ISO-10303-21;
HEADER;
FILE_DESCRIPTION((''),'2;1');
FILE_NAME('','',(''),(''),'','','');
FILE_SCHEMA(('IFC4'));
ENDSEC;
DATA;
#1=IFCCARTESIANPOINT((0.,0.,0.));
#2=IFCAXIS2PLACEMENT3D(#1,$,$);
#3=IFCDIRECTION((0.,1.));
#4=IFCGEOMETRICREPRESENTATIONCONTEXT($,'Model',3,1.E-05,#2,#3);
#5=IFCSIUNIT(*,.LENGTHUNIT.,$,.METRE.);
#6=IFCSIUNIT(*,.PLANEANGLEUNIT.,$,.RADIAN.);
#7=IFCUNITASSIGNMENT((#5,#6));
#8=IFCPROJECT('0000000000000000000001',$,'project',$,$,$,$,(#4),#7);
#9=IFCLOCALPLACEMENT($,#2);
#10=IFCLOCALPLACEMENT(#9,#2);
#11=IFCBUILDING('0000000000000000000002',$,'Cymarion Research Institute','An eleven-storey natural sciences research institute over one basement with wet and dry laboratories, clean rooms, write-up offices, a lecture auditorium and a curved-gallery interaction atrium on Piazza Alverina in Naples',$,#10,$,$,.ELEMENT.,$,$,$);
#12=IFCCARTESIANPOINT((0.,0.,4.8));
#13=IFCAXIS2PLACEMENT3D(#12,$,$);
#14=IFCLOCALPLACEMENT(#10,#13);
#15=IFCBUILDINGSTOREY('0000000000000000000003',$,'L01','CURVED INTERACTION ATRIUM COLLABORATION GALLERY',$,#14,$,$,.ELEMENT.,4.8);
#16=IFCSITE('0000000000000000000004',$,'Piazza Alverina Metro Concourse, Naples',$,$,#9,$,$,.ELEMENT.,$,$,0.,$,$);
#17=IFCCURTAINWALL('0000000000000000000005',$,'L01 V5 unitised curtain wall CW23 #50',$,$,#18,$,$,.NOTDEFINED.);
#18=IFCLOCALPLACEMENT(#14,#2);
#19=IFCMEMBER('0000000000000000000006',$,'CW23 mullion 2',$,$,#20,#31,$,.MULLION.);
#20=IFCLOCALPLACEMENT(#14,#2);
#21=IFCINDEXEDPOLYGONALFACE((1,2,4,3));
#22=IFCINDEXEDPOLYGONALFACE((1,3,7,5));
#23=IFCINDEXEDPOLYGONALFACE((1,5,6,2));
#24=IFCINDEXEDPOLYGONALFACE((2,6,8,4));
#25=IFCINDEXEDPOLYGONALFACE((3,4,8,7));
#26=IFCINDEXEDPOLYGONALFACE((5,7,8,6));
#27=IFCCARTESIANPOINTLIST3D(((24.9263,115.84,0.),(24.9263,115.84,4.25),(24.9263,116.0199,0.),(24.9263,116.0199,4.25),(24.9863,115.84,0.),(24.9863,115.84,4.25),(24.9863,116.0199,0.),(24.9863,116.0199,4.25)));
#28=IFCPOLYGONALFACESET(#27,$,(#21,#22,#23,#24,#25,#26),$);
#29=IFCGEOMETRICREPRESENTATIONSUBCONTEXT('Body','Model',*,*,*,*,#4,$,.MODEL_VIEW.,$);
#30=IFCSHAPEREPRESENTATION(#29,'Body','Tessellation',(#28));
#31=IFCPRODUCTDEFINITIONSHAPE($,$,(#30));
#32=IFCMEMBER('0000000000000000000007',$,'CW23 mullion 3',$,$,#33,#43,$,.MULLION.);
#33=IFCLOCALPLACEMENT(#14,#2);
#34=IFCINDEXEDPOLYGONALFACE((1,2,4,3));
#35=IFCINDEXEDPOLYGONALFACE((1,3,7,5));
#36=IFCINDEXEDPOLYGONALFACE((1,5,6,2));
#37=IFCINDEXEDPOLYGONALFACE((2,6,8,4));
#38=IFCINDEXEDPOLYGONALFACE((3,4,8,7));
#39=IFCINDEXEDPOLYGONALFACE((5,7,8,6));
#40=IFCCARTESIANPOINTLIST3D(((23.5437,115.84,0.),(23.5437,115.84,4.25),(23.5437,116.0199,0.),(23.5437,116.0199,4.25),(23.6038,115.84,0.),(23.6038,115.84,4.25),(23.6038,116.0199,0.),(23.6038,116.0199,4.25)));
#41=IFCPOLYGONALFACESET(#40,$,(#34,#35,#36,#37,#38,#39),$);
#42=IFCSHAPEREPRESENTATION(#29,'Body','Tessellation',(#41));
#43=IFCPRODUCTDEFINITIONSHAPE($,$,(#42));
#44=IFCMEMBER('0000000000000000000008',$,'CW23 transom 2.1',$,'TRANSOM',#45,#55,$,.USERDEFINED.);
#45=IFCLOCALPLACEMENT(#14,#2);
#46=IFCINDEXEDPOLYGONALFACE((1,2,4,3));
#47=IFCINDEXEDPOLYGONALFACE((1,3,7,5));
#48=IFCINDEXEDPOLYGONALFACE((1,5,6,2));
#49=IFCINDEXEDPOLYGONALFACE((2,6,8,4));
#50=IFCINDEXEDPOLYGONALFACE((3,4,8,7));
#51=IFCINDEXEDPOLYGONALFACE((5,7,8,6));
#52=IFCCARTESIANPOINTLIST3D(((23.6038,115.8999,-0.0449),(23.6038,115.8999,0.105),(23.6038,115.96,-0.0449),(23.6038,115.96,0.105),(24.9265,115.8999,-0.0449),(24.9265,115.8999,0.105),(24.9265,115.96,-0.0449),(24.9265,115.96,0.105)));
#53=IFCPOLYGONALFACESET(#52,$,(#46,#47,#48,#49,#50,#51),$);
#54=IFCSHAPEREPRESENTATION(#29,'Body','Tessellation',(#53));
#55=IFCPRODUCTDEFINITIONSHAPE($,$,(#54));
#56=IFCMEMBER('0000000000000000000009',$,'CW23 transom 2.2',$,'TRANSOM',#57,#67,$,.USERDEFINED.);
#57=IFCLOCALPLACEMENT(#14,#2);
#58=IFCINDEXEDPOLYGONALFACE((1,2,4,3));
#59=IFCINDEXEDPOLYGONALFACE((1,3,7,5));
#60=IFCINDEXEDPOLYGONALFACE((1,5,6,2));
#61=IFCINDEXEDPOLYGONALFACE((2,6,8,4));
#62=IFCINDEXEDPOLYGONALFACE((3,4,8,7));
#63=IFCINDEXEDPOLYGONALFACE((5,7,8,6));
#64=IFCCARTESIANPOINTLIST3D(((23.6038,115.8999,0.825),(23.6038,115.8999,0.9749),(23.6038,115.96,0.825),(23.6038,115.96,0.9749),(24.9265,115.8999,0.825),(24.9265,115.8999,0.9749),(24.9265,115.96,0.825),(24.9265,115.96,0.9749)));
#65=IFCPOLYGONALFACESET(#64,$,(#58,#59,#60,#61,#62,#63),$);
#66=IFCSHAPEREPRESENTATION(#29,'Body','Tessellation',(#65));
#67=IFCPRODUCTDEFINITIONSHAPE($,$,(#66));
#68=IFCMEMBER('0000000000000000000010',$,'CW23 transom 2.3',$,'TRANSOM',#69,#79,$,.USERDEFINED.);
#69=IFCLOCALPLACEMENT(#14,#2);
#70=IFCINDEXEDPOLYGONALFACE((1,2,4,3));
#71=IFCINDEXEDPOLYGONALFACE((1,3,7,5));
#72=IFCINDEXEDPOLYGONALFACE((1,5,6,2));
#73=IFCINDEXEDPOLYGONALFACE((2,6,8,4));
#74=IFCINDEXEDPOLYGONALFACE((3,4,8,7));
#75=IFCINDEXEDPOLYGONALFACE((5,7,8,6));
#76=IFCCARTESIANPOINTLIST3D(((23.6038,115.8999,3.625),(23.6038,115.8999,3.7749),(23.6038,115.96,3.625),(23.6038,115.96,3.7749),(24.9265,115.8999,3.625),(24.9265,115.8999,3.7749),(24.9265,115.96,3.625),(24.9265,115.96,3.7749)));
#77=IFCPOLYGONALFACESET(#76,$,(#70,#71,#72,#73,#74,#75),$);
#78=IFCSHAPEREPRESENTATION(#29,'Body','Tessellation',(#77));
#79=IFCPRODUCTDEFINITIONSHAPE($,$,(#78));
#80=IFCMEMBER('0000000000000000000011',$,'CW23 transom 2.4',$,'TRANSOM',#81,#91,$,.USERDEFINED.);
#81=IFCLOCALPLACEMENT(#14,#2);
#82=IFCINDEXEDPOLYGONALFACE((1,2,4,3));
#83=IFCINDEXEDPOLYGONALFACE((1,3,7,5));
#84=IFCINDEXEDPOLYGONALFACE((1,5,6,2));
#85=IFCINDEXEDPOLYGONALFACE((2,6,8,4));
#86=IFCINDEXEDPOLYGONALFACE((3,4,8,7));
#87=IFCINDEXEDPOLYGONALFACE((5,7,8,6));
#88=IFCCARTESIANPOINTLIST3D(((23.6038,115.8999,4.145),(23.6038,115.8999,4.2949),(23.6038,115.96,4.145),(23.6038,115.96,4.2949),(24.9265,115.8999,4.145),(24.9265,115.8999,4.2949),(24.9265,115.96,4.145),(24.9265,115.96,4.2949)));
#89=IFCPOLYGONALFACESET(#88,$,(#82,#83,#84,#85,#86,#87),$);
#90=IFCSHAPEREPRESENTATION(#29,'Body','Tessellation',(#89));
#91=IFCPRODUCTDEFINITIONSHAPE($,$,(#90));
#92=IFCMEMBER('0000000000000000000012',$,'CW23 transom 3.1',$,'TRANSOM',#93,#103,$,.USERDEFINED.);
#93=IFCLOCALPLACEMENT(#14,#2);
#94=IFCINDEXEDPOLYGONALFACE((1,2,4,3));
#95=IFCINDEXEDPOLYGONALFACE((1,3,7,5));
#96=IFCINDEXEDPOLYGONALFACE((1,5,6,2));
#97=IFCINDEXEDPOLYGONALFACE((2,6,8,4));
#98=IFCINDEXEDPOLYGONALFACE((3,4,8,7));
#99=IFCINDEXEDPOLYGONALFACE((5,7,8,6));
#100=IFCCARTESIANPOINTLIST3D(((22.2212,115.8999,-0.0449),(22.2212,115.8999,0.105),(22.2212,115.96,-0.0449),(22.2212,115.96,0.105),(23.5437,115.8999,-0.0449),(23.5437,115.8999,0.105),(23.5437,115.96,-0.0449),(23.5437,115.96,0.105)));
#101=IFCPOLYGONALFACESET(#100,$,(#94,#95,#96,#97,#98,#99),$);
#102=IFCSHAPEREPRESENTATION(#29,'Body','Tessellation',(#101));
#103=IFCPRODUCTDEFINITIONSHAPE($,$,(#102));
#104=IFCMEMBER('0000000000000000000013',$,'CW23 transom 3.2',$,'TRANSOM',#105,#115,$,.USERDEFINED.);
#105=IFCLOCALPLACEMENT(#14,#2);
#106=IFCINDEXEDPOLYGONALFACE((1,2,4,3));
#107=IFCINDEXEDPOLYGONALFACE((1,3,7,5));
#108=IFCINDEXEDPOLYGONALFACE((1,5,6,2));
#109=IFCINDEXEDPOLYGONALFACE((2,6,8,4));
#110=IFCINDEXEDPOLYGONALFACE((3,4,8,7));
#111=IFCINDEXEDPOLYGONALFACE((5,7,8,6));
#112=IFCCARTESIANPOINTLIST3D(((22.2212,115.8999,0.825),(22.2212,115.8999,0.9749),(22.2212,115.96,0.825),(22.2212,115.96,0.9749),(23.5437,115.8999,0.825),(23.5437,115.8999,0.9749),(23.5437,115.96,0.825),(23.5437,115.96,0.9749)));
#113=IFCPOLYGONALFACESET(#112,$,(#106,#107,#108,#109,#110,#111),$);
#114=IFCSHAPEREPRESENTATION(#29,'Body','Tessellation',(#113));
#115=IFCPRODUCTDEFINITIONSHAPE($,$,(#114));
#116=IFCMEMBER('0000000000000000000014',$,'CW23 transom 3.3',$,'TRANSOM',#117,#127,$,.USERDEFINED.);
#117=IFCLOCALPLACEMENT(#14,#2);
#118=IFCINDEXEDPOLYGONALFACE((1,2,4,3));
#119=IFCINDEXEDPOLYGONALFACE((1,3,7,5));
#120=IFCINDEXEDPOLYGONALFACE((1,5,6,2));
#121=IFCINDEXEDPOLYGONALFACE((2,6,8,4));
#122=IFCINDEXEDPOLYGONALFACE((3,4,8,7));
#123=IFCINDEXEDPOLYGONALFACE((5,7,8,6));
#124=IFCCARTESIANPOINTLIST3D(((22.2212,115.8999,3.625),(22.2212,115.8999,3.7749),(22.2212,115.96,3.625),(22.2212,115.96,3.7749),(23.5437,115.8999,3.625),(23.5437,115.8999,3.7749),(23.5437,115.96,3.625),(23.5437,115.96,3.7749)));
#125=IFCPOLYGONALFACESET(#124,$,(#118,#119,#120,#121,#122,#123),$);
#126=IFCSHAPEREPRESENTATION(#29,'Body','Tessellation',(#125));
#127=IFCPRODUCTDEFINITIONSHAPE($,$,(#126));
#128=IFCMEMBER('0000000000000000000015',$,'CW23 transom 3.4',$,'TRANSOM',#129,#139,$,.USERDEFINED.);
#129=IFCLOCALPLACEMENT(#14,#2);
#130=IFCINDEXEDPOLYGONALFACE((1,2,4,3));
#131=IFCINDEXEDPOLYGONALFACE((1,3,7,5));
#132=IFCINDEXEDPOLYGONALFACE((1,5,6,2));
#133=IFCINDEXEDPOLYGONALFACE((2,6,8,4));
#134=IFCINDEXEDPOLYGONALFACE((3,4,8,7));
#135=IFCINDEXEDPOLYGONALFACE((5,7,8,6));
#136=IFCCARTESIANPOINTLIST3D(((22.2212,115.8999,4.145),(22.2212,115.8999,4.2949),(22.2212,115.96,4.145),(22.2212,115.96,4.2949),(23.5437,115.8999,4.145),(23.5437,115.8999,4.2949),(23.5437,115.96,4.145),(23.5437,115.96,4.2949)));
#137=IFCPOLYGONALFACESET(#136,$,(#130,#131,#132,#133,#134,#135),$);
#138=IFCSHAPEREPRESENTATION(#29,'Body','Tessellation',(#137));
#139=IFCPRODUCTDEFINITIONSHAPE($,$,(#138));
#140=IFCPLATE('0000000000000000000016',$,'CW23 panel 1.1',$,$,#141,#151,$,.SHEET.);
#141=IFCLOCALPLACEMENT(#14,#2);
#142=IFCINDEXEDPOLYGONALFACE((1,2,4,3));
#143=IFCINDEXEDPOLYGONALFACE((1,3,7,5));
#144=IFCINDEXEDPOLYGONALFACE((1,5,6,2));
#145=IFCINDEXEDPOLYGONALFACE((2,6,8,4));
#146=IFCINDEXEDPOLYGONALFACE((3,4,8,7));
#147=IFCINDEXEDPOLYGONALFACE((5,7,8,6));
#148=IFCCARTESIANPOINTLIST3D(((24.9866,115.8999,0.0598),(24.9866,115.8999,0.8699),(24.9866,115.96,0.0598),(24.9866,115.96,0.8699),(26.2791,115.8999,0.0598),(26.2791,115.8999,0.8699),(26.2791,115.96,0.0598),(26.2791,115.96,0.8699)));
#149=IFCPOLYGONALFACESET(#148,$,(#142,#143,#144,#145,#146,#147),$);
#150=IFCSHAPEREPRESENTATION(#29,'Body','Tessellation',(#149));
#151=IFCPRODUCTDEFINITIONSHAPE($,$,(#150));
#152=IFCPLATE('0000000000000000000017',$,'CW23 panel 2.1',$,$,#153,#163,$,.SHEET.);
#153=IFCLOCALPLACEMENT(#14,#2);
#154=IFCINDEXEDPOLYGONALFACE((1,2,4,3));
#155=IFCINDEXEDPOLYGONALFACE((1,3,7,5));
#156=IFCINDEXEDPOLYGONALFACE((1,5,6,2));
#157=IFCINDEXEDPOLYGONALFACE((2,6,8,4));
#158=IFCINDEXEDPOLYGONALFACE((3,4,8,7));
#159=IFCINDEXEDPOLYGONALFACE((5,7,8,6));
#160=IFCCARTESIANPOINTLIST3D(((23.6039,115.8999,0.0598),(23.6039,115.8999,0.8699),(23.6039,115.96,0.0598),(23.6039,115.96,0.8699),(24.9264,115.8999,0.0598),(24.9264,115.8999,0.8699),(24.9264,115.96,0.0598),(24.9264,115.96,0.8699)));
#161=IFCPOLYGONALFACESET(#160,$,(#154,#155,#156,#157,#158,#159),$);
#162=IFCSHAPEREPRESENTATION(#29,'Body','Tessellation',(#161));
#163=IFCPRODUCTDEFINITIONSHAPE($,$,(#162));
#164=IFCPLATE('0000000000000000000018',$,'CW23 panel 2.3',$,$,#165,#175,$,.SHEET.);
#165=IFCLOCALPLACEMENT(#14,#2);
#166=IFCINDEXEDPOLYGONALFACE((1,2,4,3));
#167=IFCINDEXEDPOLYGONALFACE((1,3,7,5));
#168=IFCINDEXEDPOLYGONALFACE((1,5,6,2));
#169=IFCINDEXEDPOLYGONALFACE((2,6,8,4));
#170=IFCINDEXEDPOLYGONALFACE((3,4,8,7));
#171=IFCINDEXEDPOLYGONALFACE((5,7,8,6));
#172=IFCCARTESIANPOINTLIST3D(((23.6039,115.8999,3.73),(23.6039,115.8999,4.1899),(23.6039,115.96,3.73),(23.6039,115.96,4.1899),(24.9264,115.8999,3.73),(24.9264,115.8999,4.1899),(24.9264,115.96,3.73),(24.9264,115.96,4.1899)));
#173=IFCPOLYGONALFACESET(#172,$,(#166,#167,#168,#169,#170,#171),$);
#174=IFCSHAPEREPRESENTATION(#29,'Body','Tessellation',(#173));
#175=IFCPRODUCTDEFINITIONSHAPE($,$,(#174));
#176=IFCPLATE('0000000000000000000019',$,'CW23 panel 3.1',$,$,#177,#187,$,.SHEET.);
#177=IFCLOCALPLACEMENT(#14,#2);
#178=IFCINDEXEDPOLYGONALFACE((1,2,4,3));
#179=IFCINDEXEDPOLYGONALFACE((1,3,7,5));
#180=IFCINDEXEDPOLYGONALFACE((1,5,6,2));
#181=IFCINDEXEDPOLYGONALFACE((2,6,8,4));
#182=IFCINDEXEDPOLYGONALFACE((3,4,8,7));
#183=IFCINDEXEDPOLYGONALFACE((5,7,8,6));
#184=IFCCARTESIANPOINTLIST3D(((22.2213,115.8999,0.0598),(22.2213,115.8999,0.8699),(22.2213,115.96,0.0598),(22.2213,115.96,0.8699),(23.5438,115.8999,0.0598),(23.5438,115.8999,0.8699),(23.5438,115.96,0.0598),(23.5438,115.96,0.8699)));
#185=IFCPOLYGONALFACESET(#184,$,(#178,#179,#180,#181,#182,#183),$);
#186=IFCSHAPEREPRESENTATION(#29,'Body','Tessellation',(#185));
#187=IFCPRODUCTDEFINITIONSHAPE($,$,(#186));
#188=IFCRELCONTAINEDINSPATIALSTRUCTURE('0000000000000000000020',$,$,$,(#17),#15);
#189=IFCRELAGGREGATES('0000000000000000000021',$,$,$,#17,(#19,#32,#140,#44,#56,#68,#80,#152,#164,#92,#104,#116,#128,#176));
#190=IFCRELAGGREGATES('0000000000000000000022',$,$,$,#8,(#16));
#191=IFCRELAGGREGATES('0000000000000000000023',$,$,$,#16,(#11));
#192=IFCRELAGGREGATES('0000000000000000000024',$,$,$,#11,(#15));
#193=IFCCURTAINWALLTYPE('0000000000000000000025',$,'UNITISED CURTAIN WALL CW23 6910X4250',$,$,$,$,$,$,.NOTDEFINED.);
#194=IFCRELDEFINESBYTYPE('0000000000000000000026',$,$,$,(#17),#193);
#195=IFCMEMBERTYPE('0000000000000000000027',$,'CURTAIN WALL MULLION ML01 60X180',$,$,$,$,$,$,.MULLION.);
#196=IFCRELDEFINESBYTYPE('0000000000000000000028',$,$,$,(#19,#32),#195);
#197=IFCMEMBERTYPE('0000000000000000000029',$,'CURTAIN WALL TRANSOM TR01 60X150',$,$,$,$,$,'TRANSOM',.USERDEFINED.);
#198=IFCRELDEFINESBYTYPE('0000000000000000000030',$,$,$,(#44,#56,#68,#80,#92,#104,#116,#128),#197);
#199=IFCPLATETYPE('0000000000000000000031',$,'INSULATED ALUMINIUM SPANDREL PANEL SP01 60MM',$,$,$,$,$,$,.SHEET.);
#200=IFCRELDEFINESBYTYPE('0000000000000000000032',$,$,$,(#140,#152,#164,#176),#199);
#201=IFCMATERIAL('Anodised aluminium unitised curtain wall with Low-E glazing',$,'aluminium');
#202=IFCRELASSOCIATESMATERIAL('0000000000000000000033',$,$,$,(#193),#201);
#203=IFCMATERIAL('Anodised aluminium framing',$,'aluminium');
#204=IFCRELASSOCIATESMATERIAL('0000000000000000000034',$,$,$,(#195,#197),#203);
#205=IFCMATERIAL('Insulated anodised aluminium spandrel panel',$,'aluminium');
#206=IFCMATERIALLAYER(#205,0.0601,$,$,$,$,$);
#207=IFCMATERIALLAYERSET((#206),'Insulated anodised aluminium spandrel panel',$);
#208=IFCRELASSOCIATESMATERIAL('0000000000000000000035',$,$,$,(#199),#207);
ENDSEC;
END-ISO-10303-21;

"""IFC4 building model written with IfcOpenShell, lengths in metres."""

from ifc_helpers import new_model, si_unit, direction, frame, origin, origin_2d, place, context, subcontext, project, spatial, rectangle, extrude, material, layer, layer_set, material_profile, profile_set, type_object, element, aggregate, save


model = new_model("IFC4")

# Units and contexts
model_context = context("Model", 3, precision=1e-05, world=origin(), true_north=direction((0.0, 1.0)))
body_context = subcontext(model_context, "Body", "Model", "MODEL_VIEW")
ifc_project = project(units=[si_unit("LENGTHUNIT", "METRE"), si_unit("PLANEANGLEUNIT", "RADIAN")], contexts=[model_context])

# Site, building, storey
site_placement = place(None, origin())
site = spatial("IfcSite", under=ifc_project, at=site_placement, Name="Piazza Alverina Metro Concourse, Naples", CompositionType="ELEMENT", RefElevation=0.0)
building_placement = place(site_placement, origin())
building = spatial("IfcBuilding", under=site, at=building_placement, Name="Cymarion Research Institute", Description="An eleven-storey natural sciences research institute over one basement with wet and dry laboratories, clean rooms, write-up offices, a lecture auditorium and a curved-gallery interaction atrium on Piazza Alverina in Naples", CompositionType="ELEMENT")
storey_placement = place(building_placement, frame((0.0, 0.0, 4.8)))
storey = spatial("IfcBuildingStorey", under=building, at=storey_placement, Name="L01", Description="CURVED INTERACTION ATRIUM COLLABORATION GALLERY", CompositionType="ELEMENT", Elevation=4.8)

# Curtain wall, members, plates
ifc_material_1 = material(Name="Anodised aluminium unitised curtain wall with Low-E glazing", Category="aluminium")
curtain_wall_type = type_object("IfcCurtainWallType", Name="UNITISED CURTAIN WALL CW23 6910X4250", PredefinedType="NOTDEFINED", material=ifc_material_1)
curtain_wall_placement = place(storey_placement, origin())
curtain_wall = element("IfcCurtainWall", 1, at=curtain_wall_placement, inside=storey, type_object=curtain_wall_type, Name="L01 V5 unitised curtain wall CW23 #50", PredefinedType="NOTDEFINED")
ifc_material_2 = material(Name="Anodised aluminium framing", Category="aluminium")
ifc_material_profile_1 = material_profile(ifc_material_2, rectangle(XDim=0.0601, YDim=0.1799, at=origin_2d()), Name="ALU MULLION 60x180")
ifc_profile_set_1 = profile_set([ifc_material_profile_1], Name="Anodised aluminium framing")
member_type_1 = type_object("IfcMemberType", Name="CURTAIN WALL MULLION ML01 60X180", PredefinedType="MULLION", material=ifc_profile_set_1)
member_1_placement = place(storey_placement, frame((24.9563, 115.9299, 0.0), z_axis=(0.0, 0.0, 1.0), x_axis=(-1.0, 0.0, 0.0)))
member_1 = element("IfcMember", 2, at=member_1_placement, type_object=member_type_1, Name="CW23 mullion 2", PredefinedType="MULLION", context=body_context, shape_type="SweptSolid", body=[
    extrude(rectangle(XDim=0.0601, YDim=0.1799, at=origin_2d()), origin(), (0.0, 0.0, 1.0), 4.25),
])
member_2_placement = place(storey_placement, frame((23.5737, 115.9299, 0.0), z_axis=(0.0, 0.0, 1.0), x_axis=(-1.0, 0.0, 0.0)))
member_2 = element("IfcMember", 3, at=member_2_placement, type_object=member_type_1, Name="CW23 mullion 3", PredefinedType="MULLION", context=body_context, shape_type="SweptSolid", body=[
    extrude(rectangle(XDim=0.0601, YDim=0.1799, at=origin_2d()), origin(), (0.0, 0.0, 1.0), 4.25),
])
ifc_material_profile_2 = material_profile(ifc_material_2, rectangle(XDim=0.0601, YDim=0.1499, at=origin_2d()), Name="ALU TRANSOM 60x150")
ifc_profile_set_2 = profile_set([ifc_material_profile_2], Name="Anodised aluminium framing")
member_type_2 = type_object("IfcMemberType", Name="CURTAIN WALL TRANSOM TR01 60X150", ElementType="TRANSOM", PredefinedType="USERDEFINED", material=ifc_profile_set_2)
member_3_placement = place(storey_placement, frame((24.9265, 115.9299, 0.03), z_axis=(-1.0, 0.0, 0.0), x_axis=(0.0, -1.0, 0.0)))
member_3 = element("IfcMember", 4, at=member_3_placement, type_object=member_type_2, Name="CW23 transom 2.1", ObjectType="TRANSOM", PredefinedType="USERDEFINED", context=body_context, shape_type="SweptSolid", body=[
    extrude(rectangle(XDim=0.0601, YDim=0.1499, at=origin_2d()), origin(), (0.0, 0.0, 1.0), 1.3228),
])
member_4_placement = place(storey_placement, frame((24.9265, 115.9299, 0.8999), z_axis=(-1.0, 0.0, 0.0), x_axis=(0.0, -1.0, 0.0)))
member_4 = element("IfcMember", 5, at=member_4_placement, type_object=member_type_2, Name="CW23 transom 2.2", ObjectType="TRANSOM", PredefinedType="USERDEFINED", context=body_context, shape_type="SweptSolid", body=[
    extrude(rectangle(XDim=0.0601, YDim=0.1499, at=origin_2d()), origin(), (0.0, 0.0, 1.0), 1.3228),
])
member_5_placement = place(storey_placement, frame((24.9265, 115.9299, 3.7), z_axis=(-1.0, 0.0, 0.0), x_axis=(0.0, -1.0, 0.0)))
member_5 = element("IfcMember", 6, at=member_5_placement, type_object=member_type_2, Name="CW23 transom 2.3", ObjectType="TRANSOM", PredefinedType="USERDEFINED", context=body_context, shape_type="SweptSolid", body=[
    extrude(rectangle(XDim=0.0601, YDim=0.1499, at=origin_2d()), origin(), (0.0, 0.0, 1.0), 1.3228),
])
member_6_placement = place(storey_placement, frame((24.9265, 115.9299, 4.22), z_axis=(-1.0, 0.0, 0.0), x_axis=(0.0, -1.0, 0.0)))
member_6 = element("IfcMember", 7, at=member_6_placement, type_object=member_type_2, Name="CW23 transom 2.4", ObjectType="TRANSOM", PredefinedType="USERDEFINED", context=body_context, shape_type="SweptSolid", body=[
    extrude(rectangle(XDim=0.0601, YDim=0.1499, at=origin_2d()), origin(), (0.0, 0.0, 1.0), 1.3228),
])
member_7_placement = place(storey_placement, frame((23.5437, 115.9299, 0.03), z_axis=(-1.0, 0.0, 0.0), x_axis=(0.0, -1.0, 0.0)))
member_7 = element("IfcMember", 8, at=member_7_placement, type_object=member_type_2, Name="CW23 transom 3.1", ObjectType="TRANSOM", PredefinedType="USERDEFINED", context=body_context, shape_type="SweptSolid", body=[
    extrude(rectangle(XDim=0.0601, YDim=0.1499, at=origin_2d()), origin(), (0.0, 0.0, 1.0), 1.3225),
])
member_8_placement = place(storey_placement, frame((23.5437, 115.9299, 0.8999), z_axis=(-1.0, 0.0, 0.0), x_axis=(0.0, -1.0, 0.0)))
member_8 = element("IfcMember", 9, at=member_8_placement, type_object=member_type_2, Name="CW23 transom 3.2", ObjectType="TRANSOM", PredefinedType="USERDEFINED", context=body_context, shape_type="SweptSolid", body=[
    extrude(rectangle(XDim=0.0601, YDim=0.1499, at=origin_2d()), origin(), (0.0, 0.0, 1.0), 1.3225),
])
member_9_placement = place(storey_placement, frame((23.5437, 115.9299, 3.7), z_axis=(-1.0, 0.0, 0.0), x_axis=(0.0, -1.0, 0.0)))
member_9 = element("IfcMember", 10, at=member_9_placement, type_object=member_type_2, Name="CW23 transom 3.3", ObjectType="TRANSOM", PredefinedType="USERDEFINED", context=body_context, shape_type="SweptSolid", body=[
    extrude(rectangle(XDim=0.0601, YDim=0.1499, at=origin_2d()), origin(), (0.0, 0.0, 1.0), 1.3225),
])
member_10_placement = place(storey_placement, frame((23.5437, 115.9299, 4.22), z_axis=(-1.0, 0.0, 0.0), x_axis=(0.0, -1.0, 0.0)))
member_10 = element("IfcMember", 11, at=member_10_placement, type_object=member_type_2, Name="CW23 transom 3.4", ObjectType="TRANSOM", PredefinedType="USERDEFINED", context=body_context, shape_type="SweptSolid", body=[
    extrude(rectangle(XDim=0.0601, YDim=0.1499, at=origin_2d()), origin(), (0.0, 0.0, 1.0), 1.3225),
])
ifc_material_3 = material(Name="Insulated anodised aluminium spandrel panel", Category="aluminium")
ifc_layer_1 = layer(ifc_material_3, 0.0601)
ifc_layer_set_1 = layer_set([ifc_layer_1], Name="Insulated anodised aluminium spandrel panel")
plate_type_1 = type_object("IfcPlateType", Name="INSULATED ALUMINIUM SPANDREL PANEL SP01 60MM", PredefinedType="SHEET", material=ifc_layer_set_1)
plate_1_placement = place(storey_placement, frame((25.6328, 115.9299, 0.0598), z_axis=(0.0, 0.0, 1.0), x_axis=(-1.0, 0.0, 0.0)))
plate_1 = element("IfcPlate", 12, at=plate_1_placement, type_object=plate_type_1, Name="CW23 panel 1.1", PredefinedType="SHEET", context=body_context, shape_type="SweptSolid", body=[
    extrude(rectangle(XDim=1.2925, YDim=0.0601, at=origin_2d()), origin(), (0.0, 0.0, 1.0), 0.8101),
])
plate_2_placement = place(storey_placement, frame((24.2651, 115.9299, 0.0598), z_axis=(0.0, 0.0, 1.0), x_axis=(-1.0, 0.0, 0.0)))
plate_2 = element("IfcPlate", 13, at=plate_2_placement, type_object=plate_type_1, Name="CW23 panel 2.1", PredefinedType="SHEET", context=body_context, shape_type="SweptSolid", body=[
    extrude(rectangle(XDim=1.3225, YDim=0.0601, at=origin_2d()), origin(), (0.0, 0.0, 1.0), 0.8101),
])
plate_3_placement = place(storey_placement, frame((24.2651, 115.9299, 3.73), z_axis=(0.0, 0.0, 1.0), x_axis=(-1.0, 0.0, 0.0)))
plate_3 = element("IfcPlate", 14, at=plate_3_placement, type_object=plate_type_1, Name="CW23 panel 2.3", PredefinedType="SHEET", context=body_context, shape_type="SweptSolid", body=[
    extrude(rectangle(XDim=1.3225, YDim=0.0601, at=origin_2d()), origin(), (0.0, 0.0, 1.0), 0.46),
])
plate_4_placement = place(storey_placement, frame((22.8826, 115.9299, 0.0598), z_axis=(0.0, 0.0, 1.0), x_axis=(-1.0, 0.0, 0.0)))
plate_4 = element("IfcPlate", 15, at=plate_4_placement, type_object=plate_type_1, Name="CW23 panel 3.1", PredefinedType="SHEET", context=body_context, shape_type="SweptSolid", body=[
    extrude(rectangle(XDim=1.3225, YDim=0.0601, at=origin_2d()), origin(), (0.0, 0.0, 1.0), 0.8101),
])
aggregate(curtain_wall, [member_1, member_2, plate_1, member_3, member_4, member_5, member_6, plate_2, plate_3, member_7, member_8, member_9, member_10, plate_4])

save(model, "model.ifc")
